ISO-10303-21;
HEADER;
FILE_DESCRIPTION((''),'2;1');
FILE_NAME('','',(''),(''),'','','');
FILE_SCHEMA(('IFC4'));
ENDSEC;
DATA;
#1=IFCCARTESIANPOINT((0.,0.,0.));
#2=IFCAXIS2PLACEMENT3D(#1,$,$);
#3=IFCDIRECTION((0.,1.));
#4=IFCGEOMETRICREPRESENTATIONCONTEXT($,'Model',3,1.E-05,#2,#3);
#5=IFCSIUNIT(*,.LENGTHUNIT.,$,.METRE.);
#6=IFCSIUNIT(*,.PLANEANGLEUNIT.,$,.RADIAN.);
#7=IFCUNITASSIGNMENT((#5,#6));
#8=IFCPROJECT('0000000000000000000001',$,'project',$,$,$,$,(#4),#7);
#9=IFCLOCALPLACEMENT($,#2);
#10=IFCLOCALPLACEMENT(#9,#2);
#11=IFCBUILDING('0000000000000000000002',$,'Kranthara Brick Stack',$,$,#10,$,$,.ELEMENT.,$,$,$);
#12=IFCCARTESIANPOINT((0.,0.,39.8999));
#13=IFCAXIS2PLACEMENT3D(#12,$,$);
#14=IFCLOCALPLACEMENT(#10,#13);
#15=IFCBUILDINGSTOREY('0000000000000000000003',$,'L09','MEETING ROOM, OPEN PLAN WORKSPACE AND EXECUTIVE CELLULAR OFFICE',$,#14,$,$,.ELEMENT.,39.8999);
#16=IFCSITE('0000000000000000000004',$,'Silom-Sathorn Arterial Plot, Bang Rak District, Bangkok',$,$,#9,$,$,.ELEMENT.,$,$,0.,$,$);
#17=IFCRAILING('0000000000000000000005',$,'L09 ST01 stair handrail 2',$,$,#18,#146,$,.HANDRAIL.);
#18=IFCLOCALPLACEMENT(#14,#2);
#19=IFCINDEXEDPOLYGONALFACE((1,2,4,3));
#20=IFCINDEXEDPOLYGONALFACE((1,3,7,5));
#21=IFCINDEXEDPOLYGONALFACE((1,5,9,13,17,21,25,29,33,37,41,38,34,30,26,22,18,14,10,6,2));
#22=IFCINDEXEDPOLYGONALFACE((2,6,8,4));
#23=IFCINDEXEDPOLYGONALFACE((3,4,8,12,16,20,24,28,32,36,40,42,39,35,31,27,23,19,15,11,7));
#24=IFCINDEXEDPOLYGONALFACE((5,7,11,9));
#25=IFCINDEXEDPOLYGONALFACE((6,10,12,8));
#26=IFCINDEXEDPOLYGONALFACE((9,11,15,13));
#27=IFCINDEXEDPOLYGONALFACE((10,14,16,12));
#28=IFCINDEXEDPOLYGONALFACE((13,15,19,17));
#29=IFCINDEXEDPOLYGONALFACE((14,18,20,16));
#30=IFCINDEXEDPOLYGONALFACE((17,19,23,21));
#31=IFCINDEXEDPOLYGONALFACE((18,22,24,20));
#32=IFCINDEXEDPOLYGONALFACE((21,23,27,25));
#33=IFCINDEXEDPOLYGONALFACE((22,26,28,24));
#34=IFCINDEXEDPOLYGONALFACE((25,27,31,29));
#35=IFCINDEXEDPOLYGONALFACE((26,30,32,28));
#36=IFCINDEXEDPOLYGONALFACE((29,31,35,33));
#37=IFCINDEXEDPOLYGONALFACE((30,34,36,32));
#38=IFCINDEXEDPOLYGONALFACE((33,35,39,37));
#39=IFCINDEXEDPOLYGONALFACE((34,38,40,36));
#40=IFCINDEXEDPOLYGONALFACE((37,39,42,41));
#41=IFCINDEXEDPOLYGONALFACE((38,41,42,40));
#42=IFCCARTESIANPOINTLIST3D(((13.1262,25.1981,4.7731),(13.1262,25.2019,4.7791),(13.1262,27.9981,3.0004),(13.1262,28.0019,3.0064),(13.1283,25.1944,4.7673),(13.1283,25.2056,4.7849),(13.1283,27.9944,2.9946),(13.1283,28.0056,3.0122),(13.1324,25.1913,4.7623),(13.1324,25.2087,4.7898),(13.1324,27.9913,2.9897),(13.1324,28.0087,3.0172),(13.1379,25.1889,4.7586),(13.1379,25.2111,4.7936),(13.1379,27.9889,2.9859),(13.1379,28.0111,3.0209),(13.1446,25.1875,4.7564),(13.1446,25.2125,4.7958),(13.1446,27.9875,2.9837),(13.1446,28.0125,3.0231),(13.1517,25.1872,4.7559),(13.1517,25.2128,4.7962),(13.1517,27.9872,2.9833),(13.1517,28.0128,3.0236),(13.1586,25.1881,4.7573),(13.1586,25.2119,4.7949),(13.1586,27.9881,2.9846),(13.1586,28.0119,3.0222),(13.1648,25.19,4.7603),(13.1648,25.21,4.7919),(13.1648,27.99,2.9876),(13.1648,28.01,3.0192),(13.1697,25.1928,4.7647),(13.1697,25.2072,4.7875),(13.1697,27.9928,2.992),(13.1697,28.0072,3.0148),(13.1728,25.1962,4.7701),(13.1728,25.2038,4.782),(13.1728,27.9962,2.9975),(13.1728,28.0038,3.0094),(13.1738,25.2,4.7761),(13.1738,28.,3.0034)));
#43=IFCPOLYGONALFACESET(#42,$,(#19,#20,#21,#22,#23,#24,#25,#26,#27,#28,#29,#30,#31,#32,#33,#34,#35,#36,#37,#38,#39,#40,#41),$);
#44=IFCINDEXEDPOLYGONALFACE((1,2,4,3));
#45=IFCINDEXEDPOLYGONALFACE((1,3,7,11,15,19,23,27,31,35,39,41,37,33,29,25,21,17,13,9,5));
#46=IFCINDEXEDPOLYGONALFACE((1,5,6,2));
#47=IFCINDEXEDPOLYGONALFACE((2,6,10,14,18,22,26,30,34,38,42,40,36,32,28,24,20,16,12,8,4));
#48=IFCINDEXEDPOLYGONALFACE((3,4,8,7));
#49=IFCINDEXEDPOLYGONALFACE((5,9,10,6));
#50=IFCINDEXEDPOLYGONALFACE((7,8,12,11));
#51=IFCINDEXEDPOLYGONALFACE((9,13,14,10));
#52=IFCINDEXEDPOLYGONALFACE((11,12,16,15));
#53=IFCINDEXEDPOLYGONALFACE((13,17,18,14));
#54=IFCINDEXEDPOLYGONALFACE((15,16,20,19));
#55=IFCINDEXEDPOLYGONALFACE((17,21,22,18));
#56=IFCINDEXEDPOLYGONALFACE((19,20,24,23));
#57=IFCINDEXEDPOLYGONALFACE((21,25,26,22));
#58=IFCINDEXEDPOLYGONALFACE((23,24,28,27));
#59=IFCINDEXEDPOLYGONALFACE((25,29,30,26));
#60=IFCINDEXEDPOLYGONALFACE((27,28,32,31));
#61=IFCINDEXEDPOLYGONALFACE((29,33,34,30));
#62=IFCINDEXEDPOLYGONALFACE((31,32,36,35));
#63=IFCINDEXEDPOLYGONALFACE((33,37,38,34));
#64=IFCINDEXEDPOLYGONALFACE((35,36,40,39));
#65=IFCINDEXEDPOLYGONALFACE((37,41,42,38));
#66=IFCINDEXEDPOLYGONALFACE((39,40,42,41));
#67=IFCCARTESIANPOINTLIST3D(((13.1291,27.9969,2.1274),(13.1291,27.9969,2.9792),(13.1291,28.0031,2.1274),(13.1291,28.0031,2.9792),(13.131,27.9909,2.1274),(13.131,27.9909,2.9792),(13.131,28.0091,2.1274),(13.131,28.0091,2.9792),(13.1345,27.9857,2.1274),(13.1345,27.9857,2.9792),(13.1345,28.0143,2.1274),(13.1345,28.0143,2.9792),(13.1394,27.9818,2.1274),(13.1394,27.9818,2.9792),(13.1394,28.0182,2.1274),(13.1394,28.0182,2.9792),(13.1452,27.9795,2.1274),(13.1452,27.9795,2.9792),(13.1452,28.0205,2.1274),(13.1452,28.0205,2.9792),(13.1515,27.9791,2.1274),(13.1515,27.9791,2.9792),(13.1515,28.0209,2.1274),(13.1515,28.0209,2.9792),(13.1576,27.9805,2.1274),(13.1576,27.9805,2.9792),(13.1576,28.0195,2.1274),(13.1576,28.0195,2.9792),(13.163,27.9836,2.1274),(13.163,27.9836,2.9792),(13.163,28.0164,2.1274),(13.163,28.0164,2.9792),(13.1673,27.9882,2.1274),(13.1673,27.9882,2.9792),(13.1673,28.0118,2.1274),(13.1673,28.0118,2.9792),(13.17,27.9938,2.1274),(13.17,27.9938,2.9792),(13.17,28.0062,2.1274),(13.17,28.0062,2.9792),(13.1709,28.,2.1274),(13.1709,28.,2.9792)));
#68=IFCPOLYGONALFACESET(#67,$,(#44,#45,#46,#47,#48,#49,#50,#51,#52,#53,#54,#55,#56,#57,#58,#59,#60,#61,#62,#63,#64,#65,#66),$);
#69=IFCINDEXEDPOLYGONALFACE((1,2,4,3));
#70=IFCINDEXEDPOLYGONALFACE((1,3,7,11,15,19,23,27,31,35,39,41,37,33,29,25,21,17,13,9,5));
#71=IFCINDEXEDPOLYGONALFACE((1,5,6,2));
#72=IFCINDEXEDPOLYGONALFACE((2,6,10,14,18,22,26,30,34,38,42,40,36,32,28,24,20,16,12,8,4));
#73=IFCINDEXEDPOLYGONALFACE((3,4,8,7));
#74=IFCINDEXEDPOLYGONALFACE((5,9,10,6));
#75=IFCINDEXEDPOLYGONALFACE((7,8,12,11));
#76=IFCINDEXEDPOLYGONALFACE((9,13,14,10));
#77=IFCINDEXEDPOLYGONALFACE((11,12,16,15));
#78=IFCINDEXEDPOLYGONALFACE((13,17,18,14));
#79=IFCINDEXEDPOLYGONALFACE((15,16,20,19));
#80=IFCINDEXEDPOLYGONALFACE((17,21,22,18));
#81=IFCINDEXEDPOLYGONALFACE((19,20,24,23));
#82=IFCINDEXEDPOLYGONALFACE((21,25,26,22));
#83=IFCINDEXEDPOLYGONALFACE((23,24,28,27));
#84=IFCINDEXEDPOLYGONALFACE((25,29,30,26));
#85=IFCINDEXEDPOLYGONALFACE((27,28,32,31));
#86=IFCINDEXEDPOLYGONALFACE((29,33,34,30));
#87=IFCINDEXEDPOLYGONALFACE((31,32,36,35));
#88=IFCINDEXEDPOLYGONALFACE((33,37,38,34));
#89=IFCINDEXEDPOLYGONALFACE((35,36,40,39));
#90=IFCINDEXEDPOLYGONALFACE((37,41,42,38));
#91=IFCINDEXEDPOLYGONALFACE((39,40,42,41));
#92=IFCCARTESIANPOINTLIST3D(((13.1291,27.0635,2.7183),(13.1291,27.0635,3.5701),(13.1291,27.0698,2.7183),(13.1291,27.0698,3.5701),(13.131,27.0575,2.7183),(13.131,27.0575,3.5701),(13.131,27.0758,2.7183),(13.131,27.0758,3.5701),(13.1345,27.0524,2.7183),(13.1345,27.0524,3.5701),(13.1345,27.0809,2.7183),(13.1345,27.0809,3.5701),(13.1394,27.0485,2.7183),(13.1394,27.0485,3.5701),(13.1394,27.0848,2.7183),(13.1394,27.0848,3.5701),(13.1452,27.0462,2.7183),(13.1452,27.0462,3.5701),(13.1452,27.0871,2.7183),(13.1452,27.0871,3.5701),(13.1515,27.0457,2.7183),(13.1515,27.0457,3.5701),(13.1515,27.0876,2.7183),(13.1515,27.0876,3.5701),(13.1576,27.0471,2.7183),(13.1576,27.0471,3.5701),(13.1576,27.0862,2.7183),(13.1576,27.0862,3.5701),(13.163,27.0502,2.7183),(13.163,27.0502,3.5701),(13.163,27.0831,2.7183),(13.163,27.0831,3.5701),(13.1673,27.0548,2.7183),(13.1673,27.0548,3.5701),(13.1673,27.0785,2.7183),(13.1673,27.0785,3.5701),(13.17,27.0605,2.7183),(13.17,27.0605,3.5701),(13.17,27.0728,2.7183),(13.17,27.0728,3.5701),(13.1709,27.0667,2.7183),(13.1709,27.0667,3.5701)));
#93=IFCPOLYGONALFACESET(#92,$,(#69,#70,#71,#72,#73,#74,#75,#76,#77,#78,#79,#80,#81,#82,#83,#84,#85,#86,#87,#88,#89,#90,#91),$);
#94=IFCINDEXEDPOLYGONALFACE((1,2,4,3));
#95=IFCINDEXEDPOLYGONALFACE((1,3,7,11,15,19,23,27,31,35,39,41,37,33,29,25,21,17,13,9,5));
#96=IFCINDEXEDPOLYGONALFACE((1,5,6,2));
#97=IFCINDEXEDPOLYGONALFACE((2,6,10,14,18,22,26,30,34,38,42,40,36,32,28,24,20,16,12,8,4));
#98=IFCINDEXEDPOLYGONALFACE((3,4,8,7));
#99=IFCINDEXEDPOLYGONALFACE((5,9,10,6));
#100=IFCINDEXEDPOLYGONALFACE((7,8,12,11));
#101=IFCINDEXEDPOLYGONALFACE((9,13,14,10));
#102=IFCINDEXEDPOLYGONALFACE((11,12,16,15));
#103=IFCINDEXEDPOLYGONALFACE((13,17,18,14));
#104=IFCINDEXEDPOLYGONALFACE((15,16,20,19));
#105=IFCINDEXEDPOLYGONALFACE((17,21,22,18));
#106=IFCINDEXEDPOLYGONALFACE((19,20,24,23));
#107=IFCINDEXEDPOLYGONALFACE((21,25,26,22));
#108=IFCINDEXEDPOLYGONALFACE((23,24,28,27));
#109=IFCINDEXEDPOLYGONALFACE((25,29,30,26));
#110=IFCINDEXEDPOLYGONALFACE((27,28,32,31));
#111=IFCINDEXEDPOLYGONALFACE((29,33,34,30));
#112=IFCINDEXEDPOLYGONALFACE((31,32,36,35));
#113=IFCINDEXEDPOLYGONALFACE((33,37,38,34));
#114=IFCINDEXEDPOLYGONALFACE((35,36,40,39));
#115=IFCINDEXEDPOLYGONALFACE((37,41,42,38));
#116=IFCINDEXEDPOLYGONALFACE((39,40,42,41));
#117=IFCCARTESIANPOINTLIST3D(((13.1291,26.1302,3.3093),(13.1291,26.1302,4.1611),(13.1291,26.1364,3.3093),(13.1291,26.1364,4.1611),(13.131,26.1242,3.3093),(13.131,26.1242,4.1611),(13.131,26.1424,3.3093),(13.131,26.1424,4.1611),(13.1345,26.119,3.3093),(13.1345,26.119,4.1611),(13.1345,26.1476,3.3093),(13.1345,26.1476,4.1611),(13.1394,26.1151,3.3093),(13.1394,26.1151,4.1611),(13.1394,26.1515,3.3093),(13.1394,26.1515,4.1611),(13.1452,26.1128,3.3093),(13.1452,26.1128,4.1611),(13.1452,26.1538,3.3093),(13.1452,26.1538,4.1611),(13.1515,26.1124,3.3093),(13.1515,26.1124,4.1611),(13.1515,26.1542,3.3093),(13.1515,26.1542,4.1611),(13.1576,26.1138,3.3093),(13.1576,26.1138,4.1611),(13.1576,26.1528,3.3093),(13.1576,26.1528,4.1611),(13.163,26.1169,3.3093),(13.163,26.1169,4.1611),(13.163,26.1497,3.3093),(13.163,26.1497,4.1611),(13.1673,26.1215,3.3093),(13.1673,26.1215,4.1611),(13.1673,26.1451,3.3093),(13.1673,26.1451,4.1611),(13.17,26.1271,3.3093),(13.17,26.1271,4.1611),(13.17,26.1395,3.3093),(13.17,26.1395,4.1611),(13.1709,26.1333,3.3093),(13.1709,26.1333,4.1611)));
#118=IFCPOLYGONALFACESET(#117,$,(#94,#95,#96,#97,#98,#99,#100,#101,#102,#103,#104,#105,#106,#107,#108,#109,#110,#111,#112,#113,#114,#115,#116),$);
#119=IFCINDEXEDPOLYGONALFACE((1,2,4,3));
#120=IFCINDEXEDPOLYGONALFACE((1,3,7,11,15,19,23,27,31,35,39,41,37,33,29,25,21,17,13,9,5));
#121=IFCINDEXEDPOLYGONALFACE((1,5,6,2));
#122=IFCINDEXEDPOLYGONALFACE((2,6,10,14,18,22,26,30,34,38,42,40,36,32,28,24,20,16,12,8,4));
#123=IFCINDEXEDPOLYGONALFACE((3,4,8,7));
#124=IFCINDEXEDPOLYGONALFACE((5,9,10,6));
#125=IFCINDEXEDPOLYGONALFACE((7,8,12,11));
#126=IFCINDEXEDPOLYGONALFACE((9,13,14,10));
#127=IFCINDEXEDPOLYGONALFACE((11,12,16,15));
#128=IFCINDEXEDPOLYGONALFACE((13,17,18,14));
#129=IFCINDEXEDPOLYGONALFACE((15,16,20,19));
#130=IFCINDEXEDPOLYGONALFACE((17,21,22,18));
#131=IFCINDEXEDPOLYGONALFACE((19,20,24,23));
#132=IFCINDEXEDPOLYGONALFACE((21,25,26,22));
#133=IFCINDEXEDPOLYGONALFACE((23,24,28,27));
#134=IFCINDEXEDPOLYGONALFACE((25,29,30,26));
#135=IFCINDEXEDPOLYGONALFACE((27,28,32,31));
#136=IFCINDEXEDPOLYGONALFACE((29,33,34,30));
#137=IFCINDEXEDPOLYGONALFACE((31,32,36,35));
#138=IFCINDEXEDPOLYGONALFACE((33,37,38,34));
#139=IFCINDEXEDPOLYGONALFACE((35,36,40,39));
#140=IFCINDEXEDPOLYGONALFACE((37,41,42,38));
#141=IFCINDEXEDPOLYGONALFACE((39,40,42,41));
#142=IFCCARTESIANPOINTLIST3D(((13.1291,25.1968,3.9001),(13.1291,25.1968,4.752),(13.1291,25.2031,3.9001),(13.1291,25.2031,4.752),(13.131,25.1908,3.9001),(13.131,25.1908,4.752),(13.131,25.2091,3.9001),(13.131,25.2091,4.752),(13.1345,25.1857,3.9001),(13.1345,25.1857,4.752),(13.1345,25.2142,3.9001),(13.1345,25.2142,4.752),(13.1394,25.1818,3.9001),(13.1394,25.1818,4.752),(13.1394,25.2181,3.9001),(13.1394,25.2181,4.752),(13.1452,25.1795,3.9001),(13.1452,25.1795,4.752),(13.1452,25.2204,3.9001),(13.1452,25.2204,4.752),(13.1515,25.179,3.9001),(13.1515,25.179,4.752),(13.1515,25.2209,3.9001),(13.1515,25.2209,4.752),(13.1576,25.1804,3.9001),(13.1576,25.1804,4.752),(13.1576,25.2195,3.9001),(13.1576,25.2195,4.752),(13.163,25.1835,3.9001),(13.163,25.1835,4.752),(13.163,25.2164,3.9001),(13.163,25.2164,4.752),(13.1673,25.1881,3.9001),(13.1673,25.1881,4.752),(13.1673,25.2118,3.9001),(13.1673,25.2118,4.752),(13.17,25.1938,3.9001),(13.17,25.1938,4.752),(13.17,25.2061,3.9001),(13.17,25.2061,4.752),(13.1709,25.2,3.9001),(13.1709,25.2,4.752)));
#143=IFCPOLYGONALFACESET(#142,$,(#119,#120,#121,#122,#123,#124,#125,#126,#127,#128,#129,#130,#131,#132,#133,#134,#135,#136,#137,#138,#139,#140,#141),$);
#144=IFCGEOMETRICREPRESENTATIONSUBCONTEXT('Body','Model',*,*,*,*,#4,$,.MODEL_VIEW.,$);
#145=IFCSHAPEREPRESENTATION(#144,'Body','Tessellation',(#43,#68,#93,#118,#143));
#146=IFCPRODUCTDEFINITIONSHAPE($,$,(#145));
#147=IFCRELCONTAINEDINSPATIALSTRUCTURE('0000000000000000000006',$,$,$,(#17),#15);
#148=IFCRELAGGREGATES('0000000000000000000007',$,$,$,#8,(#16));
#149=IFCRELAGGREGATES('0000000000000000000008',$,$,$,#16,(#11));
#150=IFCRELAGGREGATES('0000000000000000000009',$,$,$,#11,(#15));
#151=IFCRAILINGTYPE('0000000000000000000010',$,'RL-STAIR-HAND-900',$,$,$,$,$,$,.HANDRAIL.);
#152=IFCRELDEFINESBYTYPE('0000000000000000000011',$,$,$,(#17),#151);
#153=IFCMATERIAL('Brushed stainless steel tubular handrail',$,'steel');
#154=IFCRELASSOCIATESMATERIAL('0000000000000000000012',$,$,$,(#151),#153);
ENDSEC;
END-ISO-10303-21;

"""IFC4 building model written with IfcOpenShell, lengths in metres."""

from ifc_helpers import new_model, si_unit, direction, frame, origin, origin_2d, place, context, subcontext, project, spatial, circle, extrude, material, type_object, element, save


model = new_model("IFC4")

# Units and contexts
model_context = context("Model", 3, precision=1e-05, world=origin(), true_north=direction((0.0, 1.0)))
body_context = subcontext(model_context, "Body", "Model", "MODEL_VIEW")
ifc_project = project(units=[si_unit("LENGTHUNIT", "METRE"), si_unit("PLANEANGLEUNIT", "RADIAN")], contexts=[model_context])

# Site, building, storey
site_placement = place(None, origin())
site = spatial("IfcSite", under=ifc_project, at=site_placement, Name="Silom-Sathorn Arterial Plot, Bang Rak District, Bangkok", CompositionType="ELEMENT", RefElevation=0.0)
building_placement = place(site_placement, origin())
building = spatial("IfcBuilding", under=site, at=building_placement, Name="Kranthara Brick Stack", CompositionType="ELEMENT")
storey_placement = place(building_placement, frame((0.0, 0.0, 39.8999)))
storey = spatial("IfcBuildingStorey", under=building, at=storey_placement, Name="L09", Description="MEETING ROOM, OPEN PLAN WORKSPACE AND EXECUTIVE CELLULAR OFFICE", CompositionType="ELEMENT", Elevation=39.8999)

# Railing
ifc_material_1 = material(Name="Brushed stainless steel tubular handrail", Category="steel")
railing_type_1 = type_object("IfcRailingType", Name="RL-STAIR-HAND-900", PredefinedType="HANDRAIL", material=ifc_material_1)
railing_1_placement = place(storey_placement, frame((13.1499, 28.0, 2.1274)))
element("IfcRailing", 1, at=railing_1_placement, inside=storey, type_object=railing_type_1, Name="L09 ST01 stair handrail 2", PredefinedType="HANDRAIL", context=body_context, shape_type="SweptSolid", body=[
    extrude(circle(Radius=0.0239, at=origin_2d()), frame((0.0, 0.0, 0.876), z_axis=(0.0, -0.844909, 0.53491), x_axis=(1.0, 0.0, 0.0)), (0.0, 0.0, 1.0), 3.314),
    extrude(circle(Radius=0.021, at=origin_2d()), origin(), (0.0, 0.0, 1.0), 0.8518),
    extrude(circle(Radius=0.021, at=origin_2d()), frame((0.0, -0.9333, 0.5908)), (0.0, 0.0, 1.0), 0.8518),
    extrude(circle(Radius=0.021, at=origin_2d()), frame((0.0, -1.8667, 1.1819)), (0.0, 0.0, 1.0), 0.8518),
    extrude(circle(Radius=0.021, at=origin_2d()), frame((0.0, -2.8, 1.7727)), (0.0, 0.0, 1.0), 0.8518),
])

save(model, "model.ifc")
